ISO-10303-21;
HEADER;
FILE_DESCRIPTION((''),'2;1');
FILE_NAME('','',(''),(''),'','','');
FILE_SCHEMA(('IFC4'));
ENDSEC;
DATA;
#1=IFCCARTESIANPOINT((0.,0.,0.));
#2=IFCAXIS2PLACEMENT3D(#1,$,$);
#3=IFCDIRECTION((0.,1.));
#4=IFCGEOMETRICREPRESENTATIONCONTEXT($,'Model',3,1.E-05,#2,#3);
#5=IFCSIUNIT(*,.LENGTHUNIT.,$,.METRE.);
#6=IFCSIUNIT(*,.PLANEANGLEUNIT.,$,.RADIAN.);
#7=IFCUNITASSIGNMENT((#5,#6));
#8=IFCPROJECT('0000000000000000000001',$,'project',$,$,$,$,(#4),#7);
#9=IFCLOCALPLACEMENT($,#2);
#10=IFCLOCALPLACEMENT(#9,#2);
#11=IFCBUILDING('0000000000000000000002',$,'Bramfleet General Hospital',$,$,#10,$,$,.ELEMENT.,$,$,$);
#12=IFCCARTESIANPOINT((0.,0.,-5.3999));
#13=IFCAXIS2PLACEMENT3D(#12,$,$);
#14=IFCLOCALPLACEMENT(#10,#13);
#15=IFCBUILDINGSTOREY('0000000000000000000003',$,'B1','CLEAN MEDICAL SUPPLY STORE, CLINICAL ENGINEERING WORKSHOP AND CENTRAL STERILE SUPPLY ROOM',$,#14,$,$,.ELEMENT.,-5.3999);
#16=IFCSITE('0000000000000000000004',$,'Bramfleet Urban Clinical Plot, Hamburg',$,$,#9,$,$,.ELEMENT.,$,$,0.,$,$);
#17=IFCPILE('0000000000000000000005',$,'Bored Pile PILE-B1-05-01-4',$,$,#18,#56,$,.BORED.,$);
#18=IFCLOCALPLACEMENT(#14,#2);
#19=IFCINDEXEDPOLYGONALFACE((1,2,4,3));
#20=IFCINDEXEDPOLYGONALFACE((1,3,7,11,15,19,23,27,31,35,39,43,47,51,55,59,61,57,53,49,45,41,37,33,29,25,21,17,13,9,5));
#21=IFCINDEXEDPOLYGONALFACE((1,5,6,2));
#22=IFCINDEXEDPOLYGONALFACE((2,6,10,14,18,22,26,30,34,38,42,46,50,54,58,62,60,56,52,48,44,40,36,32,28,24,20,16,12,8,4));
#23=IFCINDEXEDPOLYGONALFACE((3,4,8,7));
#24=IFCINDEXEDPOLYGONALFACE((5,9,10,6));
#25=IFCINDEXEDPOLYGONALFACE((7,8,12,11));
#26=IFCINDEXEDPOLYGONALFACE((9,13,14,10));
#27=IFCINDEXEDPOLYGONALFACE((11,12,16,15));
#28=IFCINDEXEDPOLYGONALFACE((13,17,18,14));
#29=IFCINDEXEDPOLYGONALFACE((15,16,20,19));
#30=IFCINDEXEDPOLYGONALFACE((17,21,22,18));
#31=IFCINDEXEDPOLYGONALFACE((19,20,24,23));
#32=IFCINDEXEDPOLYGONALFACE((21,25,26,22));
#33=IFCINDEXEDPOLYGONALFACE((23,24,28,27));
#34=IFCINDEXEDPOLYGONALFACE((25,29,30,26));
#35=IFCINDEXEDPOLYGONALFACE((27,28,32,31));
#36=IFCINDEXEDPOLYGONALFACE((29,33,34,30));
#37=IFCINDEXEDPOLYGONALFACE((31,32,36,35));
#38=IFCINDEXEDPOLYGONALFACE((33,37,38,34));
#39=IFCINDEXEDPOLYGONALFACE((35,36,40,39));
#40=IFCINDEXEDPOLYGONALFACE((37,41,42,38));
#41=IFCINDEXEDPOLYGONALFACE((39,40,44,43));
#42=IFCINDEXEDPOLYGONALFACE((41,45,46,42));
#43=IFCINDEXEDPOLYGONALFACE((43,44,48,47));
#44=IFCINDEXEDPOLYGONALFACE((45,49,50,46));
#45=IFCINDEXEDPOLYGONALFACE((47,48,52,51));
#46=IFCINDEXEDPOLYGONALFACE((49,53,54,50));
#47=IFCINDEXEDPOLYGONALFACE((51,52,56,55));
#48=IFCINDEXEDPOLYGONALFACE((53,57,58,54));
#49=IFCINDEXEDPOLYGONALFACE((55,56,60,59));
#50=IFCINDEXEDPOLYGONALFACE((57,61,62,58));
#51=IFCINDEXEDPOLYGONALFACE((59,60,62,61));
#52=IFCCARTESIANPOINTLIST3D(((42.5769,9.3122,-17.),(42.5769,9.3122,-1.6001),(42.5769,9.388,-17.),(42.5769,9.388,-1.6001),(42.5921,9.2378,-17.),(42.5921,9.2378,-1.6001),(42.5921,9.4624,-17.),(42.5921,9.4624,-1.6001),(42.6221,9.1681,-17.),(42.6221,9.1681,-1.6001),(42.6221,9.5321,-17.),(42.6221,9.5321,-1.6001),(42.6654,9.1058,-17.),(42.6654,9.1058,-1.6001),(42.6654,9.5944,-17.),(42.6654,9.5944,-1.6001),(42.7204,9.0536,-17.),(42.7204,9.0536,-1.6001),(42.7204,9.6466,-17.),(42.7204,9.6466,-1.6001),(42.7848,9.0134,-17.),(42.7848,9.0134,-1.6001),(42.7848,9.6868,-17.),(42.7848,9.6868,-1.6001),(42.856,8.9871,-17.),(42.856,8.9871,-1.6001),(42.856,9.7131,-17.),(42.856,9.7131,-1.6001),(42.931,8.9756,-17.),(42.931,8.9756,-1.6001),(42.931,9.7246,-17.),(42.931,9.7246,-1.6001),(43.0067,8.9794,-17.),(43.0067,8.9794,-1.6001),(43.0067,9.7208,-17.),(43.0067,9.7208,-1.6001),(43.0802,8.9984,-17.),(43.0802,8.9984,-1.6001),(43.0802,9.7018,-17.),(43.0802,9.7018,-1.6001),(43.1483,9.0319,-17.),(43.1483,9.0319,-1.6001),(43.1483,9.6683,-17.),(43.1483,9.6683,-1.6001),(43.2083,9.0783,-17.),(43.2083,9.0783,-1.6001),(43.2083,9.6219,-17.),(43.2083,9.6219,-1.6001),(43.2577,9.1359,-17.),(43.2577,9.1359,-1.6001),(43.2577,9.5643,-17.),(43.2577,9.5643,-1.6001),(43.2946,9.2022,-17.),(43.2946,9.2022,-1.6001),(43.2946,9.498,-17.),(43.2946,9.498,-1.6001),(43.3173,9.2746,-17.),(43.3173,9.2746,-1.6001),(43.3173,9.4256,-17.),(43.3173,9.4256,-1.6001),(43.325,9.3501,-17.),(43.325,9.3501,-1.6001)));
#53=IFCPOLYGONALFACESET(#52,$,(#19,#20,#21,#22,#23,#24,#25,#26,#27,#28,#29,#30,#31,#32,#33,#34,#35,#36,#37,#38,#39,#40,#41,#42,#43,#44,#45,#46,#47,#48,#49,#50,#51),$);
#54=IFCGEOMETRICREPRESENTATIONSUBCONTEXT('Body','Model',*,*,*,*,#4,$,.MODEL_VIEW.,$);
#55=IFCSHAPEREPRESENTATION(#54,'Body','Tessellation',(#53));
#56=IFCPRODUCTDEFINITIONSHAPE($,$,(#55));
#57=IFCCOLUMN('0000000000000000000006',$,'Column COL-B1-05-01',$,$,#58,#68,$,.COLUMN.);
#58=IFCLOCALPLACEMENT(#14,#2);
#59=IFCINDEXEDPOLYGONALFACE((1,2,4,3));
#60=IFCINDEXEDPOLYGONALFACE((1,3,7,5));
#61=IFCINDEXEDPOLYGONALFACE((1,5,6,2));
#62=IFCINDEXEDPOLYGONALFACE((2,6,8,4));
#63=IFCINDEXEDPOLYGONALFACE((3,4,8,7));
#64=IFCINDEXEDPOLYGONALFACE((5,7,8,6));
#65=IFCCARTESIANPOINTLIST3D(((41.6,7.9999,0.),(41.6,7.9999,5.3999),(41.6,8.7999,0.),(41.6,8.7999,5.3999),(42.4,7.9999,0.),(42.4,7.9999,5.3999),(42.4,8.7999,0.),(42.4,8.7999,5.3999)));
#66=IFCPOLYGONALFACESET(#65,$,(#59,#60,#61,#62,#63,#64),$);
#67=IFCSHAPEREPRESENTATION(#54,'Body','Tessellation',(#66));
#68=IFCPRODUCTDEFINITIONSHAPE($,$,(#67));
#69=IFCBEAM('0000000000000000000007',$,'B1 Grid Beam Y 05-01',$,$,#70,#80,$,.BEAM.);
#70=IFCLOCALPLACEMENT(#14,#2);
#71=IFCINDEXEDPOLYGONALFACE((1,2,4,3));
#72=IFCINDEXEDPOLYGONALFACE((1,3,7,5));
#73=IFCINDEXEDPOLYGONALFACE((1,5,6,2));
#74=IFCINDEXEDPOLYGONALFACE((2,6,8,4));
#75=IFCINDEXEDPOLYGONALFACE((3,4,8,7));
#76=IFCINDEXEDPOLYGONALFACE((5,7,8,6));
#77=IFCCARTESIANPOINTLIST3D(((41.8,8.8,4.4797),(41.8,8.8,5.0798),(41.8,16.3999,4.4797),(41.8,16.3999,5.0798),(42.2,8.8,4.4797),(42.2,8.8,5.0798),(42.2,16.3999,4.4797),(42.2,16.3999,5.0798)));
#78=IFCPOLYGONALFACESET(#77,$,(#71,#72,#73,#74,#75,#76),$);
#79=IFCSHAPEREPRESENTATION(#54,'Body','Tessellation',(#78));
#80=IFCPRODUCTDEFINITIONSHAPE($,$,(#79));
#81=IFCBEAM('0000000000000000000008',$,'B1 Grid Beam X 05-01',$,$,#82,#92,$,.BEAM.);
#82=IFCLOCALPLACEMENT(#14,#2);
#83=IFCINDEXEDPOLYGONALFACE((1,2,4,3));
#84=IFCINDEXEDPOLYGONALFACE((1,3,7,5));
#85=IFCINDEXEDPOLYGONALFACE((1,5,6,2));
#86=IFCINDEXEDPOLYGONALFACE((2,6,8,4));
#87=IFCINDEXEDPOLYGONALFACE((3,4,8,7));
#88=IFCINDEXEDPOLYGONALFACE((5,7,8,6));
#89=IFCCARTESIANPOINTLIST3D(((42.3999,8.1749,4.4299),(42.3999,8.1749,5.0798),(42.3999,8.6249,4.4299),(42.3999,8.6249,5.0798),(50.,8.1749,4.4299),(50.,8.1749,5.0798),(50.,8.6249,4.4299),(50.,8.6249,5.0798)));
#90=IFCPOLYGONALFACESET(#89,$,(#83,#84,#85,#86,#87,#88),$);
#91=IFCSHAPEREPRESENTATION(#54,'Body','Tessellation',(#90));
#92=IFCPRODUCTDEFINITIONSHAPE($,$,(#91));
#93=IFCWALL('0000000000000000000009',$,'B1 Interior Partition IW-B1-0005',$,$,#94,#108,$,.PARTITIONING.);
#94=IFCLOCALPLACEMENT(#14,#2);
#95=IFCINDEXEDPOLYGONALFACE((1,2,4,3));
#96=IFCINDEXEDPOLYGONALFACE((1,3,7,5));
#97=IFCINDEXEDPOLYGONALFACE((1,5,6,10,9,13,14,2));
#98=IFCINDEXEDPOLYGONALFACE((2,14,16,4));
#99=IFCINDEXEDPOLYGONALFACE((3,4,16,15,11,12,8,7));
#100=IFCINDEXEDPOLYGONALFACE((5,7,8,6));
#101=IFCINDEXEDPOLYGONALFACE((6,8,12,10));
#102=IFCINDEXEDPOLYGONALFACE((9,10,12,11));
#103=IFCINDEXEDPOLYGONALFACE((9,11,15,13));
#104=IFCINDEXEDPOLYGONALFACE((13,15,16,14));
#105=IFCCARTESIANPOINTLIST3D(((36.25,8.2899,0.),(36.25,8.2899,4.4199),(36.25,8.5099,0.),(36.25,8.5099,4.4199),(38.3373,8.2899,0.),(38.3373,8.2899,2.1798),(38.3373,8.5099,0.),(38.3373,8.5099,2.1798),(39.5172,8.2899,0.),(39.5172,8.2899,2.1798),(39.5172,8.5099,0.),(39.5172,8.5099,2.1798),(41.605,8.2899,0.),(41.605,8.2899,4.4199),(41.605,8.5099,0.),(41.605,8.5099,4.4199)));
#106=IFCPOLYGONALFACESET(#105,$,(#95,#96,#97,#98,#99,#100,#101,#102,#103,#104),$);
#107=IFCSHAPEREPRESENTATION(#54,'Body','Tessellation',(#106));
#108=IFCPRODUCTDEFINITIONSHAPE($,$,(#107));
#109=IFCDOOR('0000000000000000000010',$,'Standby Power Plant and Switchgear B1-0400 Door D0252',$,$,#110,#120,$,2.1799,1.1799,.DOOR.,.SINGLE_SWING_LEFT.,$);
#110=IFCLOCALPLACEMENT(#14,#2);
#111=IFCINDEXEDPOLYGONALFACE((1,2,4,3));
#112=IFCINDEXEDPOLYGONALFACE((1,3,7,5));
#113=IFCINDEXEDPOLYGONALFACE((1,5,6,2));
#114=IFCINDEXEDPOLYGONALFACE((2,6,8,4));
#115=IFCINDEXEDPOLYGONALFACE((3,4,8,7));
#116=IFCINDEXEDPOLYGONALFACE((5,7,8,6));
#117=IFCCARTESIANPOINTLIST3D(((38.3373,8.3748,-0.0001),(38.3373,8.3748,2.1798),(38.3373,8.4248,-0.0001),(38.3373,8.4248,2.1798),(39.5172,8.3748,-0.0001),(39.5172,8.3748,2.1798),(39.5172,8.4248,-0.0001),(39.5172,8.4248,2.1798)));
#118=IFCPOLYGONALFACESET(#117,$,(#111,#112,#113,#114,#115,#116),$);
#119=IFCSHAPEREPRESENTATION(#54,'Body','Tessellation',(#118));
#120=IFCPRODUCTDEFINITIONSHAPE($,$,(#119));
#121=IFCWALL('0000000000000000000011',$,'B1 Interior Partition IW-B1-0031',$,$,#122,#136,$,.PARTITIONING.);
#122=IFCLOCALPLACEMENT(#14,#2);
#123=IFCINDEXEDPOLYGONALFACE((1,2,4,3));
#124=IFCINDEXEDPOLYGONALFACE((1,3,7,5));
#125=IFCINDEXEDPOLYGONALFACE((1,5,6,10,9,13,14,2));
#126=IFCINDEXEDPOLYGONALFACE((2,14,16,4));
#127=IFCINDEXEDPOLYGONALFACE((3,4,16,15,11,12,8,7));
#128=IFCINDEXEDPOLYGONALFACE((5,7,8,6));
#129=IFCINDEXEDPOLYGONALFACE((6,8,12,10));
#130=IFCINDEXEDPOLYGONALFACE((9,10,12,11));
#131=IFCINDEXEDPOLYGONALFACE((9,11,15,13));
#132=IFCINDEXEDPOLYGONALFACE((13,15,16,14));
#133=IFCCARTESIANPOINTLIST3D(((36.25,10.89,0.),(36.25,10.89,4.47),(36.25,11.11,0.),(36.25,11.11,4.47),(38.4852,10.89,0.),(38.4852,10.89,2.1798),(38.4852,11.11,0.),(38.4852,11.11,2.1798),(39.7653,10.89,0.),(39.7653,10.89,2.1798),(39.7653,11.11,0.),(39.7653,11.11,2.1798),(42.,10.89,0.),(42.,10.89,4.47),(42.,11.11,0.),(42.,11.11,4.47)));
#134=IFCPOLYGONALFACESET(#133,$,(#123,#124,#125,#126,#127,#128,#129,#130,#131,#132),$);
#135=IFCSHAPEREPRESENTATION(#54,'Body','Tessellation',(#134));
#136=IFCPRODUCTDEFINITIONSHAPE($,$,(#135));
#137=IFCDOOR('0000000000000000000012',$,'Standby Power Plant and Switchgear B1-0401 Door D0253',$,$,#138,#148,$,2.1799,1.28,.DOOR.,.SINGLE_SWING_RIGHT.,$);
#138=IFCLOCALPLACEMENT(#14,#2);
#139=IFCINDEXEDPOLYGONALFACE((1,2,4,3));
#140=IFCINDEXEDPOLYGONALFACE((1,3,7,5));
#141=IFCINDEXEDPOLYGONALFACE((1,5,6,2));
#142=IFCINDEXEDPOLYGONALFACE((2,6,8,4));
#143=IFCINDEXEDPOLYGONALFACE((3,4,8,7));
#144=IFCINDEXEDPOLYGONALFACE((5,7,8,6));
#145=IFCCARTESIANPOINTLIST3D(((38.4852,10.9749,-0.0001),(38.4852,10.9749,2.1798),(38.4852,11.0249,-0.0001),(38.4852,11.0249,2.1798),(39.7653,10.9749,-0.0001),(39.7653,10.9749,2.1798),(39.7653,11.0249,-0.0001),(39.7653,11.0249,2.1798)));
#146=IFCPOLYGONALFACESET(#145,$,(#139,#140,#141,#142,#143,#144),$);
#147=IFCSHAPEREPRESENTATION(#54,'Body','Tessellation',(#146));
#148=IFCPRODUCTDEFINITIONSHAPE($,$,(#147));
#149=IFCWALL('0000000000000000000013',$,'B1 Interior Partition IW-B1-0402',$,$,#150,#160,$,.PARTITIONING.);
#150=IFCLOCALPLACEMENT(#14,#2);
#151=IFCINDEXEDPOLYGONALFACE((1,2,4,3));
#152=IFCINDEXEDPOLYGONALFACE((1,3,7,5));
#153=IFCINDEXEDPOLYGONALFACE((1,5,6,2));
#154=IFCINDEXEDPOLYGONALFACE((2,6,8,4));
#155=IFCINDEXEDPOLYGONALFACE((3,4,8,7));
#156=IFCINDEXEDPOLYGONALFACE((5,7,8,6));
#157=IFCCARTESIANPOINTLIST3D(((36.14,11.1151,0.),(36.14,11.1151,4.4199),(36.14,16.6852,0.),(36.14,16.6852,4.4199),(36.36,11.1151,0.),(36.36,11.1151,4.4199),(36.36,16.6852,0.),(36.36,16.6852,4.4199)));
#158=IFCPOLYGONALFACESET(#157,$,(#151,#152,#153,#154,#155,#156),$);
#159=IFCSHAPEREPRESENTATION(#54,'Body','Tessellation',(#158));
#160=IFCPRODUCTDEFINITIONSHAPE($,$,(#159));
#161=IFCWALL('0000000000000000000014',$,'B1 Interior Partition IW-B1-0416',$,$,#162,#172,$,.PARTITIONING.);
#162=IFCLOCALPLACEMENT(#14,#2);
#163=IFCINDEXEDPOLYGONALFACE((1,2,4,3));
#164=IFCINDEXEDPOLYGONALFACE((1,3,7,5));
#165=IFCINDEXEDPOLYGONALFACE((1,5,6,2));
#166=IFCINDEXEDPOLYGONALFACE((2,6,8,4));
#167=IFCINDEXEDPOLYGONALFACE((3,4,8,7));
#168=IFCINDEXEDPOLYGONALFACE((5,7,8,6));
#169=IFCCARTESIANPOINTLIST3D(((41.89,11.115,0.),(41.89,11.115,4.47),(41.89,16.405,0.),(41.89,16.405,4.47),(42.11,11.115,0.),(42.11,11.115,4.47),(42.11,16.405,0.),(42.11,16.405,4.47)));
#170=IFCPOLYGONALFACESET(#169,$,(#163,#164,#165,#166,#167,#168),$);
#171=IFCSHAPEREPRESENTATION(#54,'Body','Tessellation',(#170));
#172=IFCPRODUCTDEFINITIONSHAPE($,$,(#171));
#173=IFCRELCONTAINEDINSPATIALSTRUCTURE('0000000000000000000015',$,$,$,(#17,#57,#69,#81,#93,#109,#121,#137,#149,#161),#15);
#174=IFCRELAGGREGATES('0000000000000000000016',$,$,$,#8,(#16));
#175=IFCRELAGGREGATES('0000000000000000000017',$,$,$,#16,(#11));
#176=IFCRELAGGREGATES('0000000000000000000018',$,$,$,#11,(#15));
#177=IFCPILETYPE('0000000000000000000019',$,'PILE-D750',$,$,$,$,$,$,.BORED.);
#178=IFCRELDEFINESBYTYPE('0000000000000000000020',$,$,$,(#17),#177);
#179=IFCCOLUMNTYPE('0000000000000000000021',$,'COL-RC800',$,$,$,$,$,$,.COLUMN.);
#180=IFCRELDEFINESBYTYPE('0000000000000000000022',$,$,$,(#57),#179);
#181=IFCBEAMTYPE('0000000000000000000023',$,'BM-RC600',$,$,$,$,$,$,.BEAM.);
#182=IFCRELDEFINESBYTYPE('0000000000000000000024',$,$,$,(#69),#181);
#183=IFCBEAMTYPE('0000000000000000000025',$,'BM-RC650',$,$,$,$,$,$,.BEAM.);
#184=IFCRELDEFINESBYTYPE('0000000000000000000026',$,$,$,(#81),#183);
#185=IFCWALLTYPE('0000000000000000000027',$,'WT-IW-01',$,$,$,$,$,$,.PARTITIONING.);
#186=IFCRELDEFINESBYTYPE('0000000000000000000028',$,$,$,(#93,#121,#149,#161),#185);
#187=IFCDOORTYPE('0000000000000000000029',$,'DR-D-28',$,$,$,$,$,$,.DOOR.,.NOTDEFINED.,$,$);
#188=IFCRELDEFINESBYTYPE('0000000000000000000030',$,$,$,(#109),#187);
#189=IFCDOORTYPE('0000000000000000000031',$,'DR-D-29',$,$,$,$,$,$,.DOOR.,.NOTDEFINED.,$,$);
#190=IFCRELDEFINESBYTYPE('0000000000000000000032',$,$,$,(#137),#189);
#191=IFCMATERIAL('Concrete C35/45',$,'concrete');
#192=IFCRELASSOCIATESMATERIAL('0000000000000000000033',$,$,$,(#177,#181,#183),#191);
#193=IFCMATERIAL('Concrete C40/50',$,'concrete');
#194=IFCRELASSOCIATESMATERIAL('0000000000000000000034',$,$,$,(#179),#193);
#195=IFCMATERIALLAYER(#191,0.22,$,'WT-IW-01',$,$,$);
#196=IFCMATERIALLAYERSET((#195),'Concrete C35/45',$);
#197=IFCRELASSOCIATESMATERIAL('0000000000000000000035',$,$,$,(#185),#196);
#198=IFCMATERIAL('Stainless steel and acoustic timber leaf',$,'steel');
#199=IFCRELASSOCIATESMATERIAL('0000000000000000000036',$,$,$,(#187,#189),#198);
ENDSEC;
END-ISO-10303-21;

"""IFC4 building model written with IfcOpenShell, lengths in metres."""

from ifc_helpers import new_model, si_unit, direction, frame, frame_2d, origin, origin_2d, place, context, subcontext, project, spatial, rectangle, circle, extrude, material, layer, layer_set, material_profile, profile_set, type_object, element, fill, save


model = new_model("IFC4")

# Units and contexts
model_context = context("Model", 3, precision=1e-05, world=origin(), true_north=direction((0.0, 1.0)))
body_context = subcontext(model_context, "Body", "Model", "MODEL_VIEW")
ifc_project = project(units=[si_unit("LENGTHUNIT", "METRE"), si_unit("PLANEANGLEUNIT", "RADIAN")], contexts=[model_context])

# Site, building, storey
site_placement = place(None, origin())
site = spatial("IfcSite", under=ifc_project, at=site_placement, Name="Bramfleet Urban Clinical Plot, Hamburg", CompositionType="ELEMENT", RefElevation=0.0)
building_placement = place(site_placement, origin())
building = spatial("IfcBuilding", under=site, at=building_placement, Name="Bramfleet General Hospital", CompositionType="ELEMENT")
storey_placement = place(building_placement, frame((0.0, 0.0, -5.3999)))
storey = spatial("IfcBuildingStorey", under=building, at=storey_placement, Name="B1", Description="CLEAN MEDICAL SUPPLY STORE, CLINICAL ENGINEERING WORKSHOP AND CENTRAL STERILE SUPPLY ROOM", CompositionType="ELEMENT", Elevation=-5.3999)

# Shared definitions
ifc_material_1 = material(Name="Concrete C35/45", Category="concrete")

# Pile
ifc_material_profile_1 = material_profile(ifc_material_1, circle(Radius=0.375, at=origin_2d()), Name="PILE BORED D750")
ifc_profile_set_1 = profile_set([ifc_material_profile_1], Name="Concrete C35/45")
pile_type = type_object("IfcPileType", Name="PILE-D750", PredefinedType="BORED", material=ifc_profile_set_1)
for number, where, z_axis, x_axis, name in (
    (1, (42.95, 9.3501, -1.6001), (0.0, 0.0, -1.0), (1.0, 0.0, 0.0), "Bored Pile PILE-B1-05-01-4"),
):
    element("IfcPile", number, at=place(storey_placement, frame(where, z_axis=z_axis, x_axis=x_axis)), inside=storey, type_object=pile_type, Name=name, PredefinedType="BORED", context=body_context, shape_type="SweptSolid", body=[
        extrude(circle(Radius=0.375, at=origin_2d()), origin(), (0.0, 0.0, 1.0), 15.3999),
    ])

# Column
ifc_material_2 = material(Name="Concrete C40/50", Category="concrete")
ifc_material_profile_2 = material_profile(ifc_material_2, rectangle(XDim=0.8, YDim=0.8, at=origin_2d()), Name="RC COL 800x800")
ifc_profile_set_2 = profile_set([ifc_material_profile_2], Name="Concrete C40/50")
column_type = type_object("IfcColumnType", Name="COL-RC800", PredefinedType="COLUMN", material=ifc_profile_set_2)
column_placement = place(storey_placement, frame((42.0, 8.3999, 0.0), z_axis=(0.0, 0.0, 1.0), x_axis=(1.0, 0.0, 0.0)))
element("IfcColumn", 2, at=column_placement, inside=storey, type_object=column_type, Name="Column COL-B1-05-01", PredefinedType="COLUMN", context=body_context, shape_type="SweptSolid", body=[
    extrude(rectangle(XDim=0.8, YDim=0.8, at=origin_2d()), origin(), (0.0, 0.0, 1.0), 5.3999),
])

# Beams
ifc_material_profile_3 = material_profile(ifc_material_1, rectangle(XDim=0.3999, YDim=0.6001, at=origin_2d()), Name="RC BM 600x400")
ifc_profile_set_3 = profile_set([ifc_material_profile_3], Name="Concrete C35/45")
beam_type_1 = type_object("IfcBeamType", Name="BM-RC600", PredefinedType="BEAM", material=ifc_profile_set_3)
beam_1_placement = place(storey_placement, frame((42.0, 8.8, 4.7798), z_axis=(0.0, 1.0, 0.0), x_axis=(-1.0, 0.0, 0.0)))
element("IfcBeam", 3, at=beam_1_placement, inside=storey, type_object=beam_type_1, Name="B1 Grid Beam Y 05-01", PredefinedType="BEAM", context=body_context, shape_type="SweptSolid", body=[
    extrude(rectangle(XDim=0.3999, YDim=0.6001, at=origin_2d()), origin(), (0.0, 0.0, 1.0), 7.5999),
])
ifc_material_profile_4 = material_profile(ifc_material_1, rectangle(XDim=0.45, YDim=0.6499, at=origin_2d()), Name="RC BM 650x450")
ifc_profile_set_4 = profile_set([ifc_material_profile_4], Name="Concrete C35/45")
beam_type_2 = type_object("IfcBeamType", Name="BM-RC650", PredefinedType="BEAM", material=ifc_profile_set_4)
beam_2_placement = place(storey_placement, frame((42.3999, 8.3999, 4.7549), z_axis=(1.0, 0.0, 0.0), x_axis=(0.0, 1.0, 0.0)))
element("IfcBeam", 4, at=beam_2_placement, inside=storey, type_object=beam_type_2, Name="B1 Grid Beam X 05-01", PredefinedType="BEAM", context=body_context, shape_type="SweptSolid", body=[
    extrude(rectangle(XDim=0.45, YDim=0.6499, at=origin_2d()), origin(), (0.0, 0.0, 1.0), 7.6001),
])

# Walls, openings, doors
ifc_layer_1 = layer(ifc_material_1, 0.22, Name="WT-IW-01")
ifc_layer_set_1 = layer_set([ifc_layer_1], Name="Concrete C35/45")
wall_type_1 = type_object("IfcWallType", Name="WT-IW-01", PredefinedType="PARTITIONING", material=ifc_layer_set_1)
wall_1_placement = place(storey_placement, frame((36.25, 8.3999, 0.0), z_axis=(0.0, 0.0, 1.0), x_axis=(1.0, 0.0, 0.0)))
wall_1 = element("IfcWall", 5, at=wall_1_placement, inside=storey, type_object=wall_type_1, Name="B1 Interior Partition IW-B1-0005", PredefinedType="PARTITIONING", context=body_context, shape_type="SweptSolid", body=[
    extrude(rectangle(XDim=5.355, YDim=0.22, at=frame_2d((2.6775, 0.0))), origin(), (0.0, 0.0, 1.0), 4.4199),
])
opening_1_placement = place(wall_1_placement, frame((2.0874, 0.0, 0.0)))
opening_1 = element("IfcOpeningElement", 6, at=opening_1_placement, cuts=wall_1, PredefinedType="OPENING", context=body_context, shape_type="SweptSolid", body=[
    extrude(rectangle(XDim=1.1799, YDim=2.1799, at=frame_2d((0.5898, 1.0898))), frame((0.0, 0.1199, 0.0), z_axis=(0.0, -1.0, 0.0), x_axis=(1.0, 0.0, 0.0)), (0.0, 0.0, 1.0), 0.24),
])
ifc_material_3 = material(Name="Stainless steel and acoustic timber leaf", Category="steel")
door_type_1 = type_object("IfcDoorType", Name="DR-D-28", OperationType="NOTDEFINED", PredefinedType="DOOR", material=ifc_material_3)
door_1_placement = place(opening_1_placement, origin())
door_1 = element("IfcDoor", 7, at=door_1_placement, inside=storey, type_object=door_type_1, Name="Standby Power Plant and Switchgear B1-0400 Door D0252", OperationType="SINGLE_SWING_LEFT", OverallHeight=2.1799, OverallWidth=1.1799, PredefinedType="DOOR", context=body_context, shape_type="SweptSolid", body=[
    extrude(rectangle(XDim=1.1799, YDim=2.1799, at=frame_2d((0.5898, 1.0898))), frame((0.0, 0.0249, 0.0), z_axis=(0.0, -1.0, 0.0), x_axis=(1.0, 0.0, 0.0)), (0.0, 0.0, 1.0), 0.05),
])
fill(opening_1, door_1)
wall_2_placement = place(storey_placement, frame((36.25, 11.0, 0.0), z_axis=(0.0, 0.0, 1.0), x_axis=(1.0, 0.0, 0.0)))
wall_2 = element("IfcWall", 8, at=wall_2_placement, inside=storey, type_object=wall_type_1, Name="B1 Interior Partition IW-B1-0031", PredefinedType="PARTITIONING", context=body_context, shape_type="SweptSolid", body=[
    extrude(rectangle(XDim=5.75, YDim=0.22, at=frame_2d((2.875, 0.0))), origin(), (0.0, 0.0, 1.0), 4.47),
])
opening_2_placement = place(wall_2_placement, frame((2.2351, 0.0, 0.0)))
opening_2 = element("IfcOpeningElement", 9, at=opening_2_placement, cuts=wall_2, PredefinedType="OPENING", context=body_context, shape_type="SweptSolid", body=[
    extrude(rectangle(XDim=1.28, YDim=2.1799, at=frame_2d((0.6401, 1.0898))), frame((0.0, 0.1199, 0.0), z_axis=(0.0, -1.0, 0.0), x_axis=(1.0, 0.0, 0.0)), (0.0, 0.0, 1.0), 0.24),
])
door_type_2 = type_object("IfcDoorType", Name="DR-D-29", OperationType="NOTDEFINED", PredefinedType="DOOR", material=ifc_material_3)
door_2_placement = place(opening_2_placement, origin())
door_2 = element("IfcDoor", 10, at=door_2_placement, inside=storey, type_object=door_type_2, Name="Standby Power Plant and Switchgear B1-0401 Door D0253", OperationType="SINGLE_SWING_RIGHT", OverallHeight=2.1799, OverallWidth=1.28, PredefinedType="DOOR", context=body_context, shape_type="SweptSolid", body=[
    extrude(rectangle(XDim=1.28, YDim=2.1799, at=frame_2d((0.6401, 1.0898))), frame((0.0, 0.0249, 0.0), z_axis=(0.0, -1.0, 0.0), x_axis=(1.0, 0.0, 0.0)), (0.0, 0.0, 1.0), 0.05),
])
fill(opening_2, door_2)

# Walls
wall_3_placement = place(storey_placement, frame((36.25, 11.115, 0.0), z_axis=(0.0, 0.0, 1.0), x_axis=(0.0, 1.0, 0.0)))
element("IfcWall", 11, at=wall_3_placement, inside=storey, type_object=wall_type_1, Name="B1 Interior Partition IW-B1-0402", PredefinedType="PARTITIONING", context=body_context, shape_type="SweptSolid", body=[
    extrude(rectangle(XDim=5.5701, YDim=0.22, at=frame_2d((2.7852, 0.0))), origin(), (0.0, 0.0, 1.0), 4.4199),
])
wall_4_placement = place(storey_placement, frame((42.0, 11.115, 0.0), z_axis=(0.0, 0.0, 1.0), x_axis=(0.0, 1.0, 0.0)))
element("IfcWall", 12, at=wall_4_placement, inside=storey, type_object=wall_type_1, Name="B1 Interior Partition IW-B1-0416", PredefinedType="PARTITIONING", context=body_context, shape_type="SweptSolid", body=[
    extrude(rectangle(XDim=5.29, YDim=0.22, at=frame_2d((2.645, 0.0))), origin(), (0.0, 0.0, 1.0), 4.47),
])

save(model, "model.ifc")
